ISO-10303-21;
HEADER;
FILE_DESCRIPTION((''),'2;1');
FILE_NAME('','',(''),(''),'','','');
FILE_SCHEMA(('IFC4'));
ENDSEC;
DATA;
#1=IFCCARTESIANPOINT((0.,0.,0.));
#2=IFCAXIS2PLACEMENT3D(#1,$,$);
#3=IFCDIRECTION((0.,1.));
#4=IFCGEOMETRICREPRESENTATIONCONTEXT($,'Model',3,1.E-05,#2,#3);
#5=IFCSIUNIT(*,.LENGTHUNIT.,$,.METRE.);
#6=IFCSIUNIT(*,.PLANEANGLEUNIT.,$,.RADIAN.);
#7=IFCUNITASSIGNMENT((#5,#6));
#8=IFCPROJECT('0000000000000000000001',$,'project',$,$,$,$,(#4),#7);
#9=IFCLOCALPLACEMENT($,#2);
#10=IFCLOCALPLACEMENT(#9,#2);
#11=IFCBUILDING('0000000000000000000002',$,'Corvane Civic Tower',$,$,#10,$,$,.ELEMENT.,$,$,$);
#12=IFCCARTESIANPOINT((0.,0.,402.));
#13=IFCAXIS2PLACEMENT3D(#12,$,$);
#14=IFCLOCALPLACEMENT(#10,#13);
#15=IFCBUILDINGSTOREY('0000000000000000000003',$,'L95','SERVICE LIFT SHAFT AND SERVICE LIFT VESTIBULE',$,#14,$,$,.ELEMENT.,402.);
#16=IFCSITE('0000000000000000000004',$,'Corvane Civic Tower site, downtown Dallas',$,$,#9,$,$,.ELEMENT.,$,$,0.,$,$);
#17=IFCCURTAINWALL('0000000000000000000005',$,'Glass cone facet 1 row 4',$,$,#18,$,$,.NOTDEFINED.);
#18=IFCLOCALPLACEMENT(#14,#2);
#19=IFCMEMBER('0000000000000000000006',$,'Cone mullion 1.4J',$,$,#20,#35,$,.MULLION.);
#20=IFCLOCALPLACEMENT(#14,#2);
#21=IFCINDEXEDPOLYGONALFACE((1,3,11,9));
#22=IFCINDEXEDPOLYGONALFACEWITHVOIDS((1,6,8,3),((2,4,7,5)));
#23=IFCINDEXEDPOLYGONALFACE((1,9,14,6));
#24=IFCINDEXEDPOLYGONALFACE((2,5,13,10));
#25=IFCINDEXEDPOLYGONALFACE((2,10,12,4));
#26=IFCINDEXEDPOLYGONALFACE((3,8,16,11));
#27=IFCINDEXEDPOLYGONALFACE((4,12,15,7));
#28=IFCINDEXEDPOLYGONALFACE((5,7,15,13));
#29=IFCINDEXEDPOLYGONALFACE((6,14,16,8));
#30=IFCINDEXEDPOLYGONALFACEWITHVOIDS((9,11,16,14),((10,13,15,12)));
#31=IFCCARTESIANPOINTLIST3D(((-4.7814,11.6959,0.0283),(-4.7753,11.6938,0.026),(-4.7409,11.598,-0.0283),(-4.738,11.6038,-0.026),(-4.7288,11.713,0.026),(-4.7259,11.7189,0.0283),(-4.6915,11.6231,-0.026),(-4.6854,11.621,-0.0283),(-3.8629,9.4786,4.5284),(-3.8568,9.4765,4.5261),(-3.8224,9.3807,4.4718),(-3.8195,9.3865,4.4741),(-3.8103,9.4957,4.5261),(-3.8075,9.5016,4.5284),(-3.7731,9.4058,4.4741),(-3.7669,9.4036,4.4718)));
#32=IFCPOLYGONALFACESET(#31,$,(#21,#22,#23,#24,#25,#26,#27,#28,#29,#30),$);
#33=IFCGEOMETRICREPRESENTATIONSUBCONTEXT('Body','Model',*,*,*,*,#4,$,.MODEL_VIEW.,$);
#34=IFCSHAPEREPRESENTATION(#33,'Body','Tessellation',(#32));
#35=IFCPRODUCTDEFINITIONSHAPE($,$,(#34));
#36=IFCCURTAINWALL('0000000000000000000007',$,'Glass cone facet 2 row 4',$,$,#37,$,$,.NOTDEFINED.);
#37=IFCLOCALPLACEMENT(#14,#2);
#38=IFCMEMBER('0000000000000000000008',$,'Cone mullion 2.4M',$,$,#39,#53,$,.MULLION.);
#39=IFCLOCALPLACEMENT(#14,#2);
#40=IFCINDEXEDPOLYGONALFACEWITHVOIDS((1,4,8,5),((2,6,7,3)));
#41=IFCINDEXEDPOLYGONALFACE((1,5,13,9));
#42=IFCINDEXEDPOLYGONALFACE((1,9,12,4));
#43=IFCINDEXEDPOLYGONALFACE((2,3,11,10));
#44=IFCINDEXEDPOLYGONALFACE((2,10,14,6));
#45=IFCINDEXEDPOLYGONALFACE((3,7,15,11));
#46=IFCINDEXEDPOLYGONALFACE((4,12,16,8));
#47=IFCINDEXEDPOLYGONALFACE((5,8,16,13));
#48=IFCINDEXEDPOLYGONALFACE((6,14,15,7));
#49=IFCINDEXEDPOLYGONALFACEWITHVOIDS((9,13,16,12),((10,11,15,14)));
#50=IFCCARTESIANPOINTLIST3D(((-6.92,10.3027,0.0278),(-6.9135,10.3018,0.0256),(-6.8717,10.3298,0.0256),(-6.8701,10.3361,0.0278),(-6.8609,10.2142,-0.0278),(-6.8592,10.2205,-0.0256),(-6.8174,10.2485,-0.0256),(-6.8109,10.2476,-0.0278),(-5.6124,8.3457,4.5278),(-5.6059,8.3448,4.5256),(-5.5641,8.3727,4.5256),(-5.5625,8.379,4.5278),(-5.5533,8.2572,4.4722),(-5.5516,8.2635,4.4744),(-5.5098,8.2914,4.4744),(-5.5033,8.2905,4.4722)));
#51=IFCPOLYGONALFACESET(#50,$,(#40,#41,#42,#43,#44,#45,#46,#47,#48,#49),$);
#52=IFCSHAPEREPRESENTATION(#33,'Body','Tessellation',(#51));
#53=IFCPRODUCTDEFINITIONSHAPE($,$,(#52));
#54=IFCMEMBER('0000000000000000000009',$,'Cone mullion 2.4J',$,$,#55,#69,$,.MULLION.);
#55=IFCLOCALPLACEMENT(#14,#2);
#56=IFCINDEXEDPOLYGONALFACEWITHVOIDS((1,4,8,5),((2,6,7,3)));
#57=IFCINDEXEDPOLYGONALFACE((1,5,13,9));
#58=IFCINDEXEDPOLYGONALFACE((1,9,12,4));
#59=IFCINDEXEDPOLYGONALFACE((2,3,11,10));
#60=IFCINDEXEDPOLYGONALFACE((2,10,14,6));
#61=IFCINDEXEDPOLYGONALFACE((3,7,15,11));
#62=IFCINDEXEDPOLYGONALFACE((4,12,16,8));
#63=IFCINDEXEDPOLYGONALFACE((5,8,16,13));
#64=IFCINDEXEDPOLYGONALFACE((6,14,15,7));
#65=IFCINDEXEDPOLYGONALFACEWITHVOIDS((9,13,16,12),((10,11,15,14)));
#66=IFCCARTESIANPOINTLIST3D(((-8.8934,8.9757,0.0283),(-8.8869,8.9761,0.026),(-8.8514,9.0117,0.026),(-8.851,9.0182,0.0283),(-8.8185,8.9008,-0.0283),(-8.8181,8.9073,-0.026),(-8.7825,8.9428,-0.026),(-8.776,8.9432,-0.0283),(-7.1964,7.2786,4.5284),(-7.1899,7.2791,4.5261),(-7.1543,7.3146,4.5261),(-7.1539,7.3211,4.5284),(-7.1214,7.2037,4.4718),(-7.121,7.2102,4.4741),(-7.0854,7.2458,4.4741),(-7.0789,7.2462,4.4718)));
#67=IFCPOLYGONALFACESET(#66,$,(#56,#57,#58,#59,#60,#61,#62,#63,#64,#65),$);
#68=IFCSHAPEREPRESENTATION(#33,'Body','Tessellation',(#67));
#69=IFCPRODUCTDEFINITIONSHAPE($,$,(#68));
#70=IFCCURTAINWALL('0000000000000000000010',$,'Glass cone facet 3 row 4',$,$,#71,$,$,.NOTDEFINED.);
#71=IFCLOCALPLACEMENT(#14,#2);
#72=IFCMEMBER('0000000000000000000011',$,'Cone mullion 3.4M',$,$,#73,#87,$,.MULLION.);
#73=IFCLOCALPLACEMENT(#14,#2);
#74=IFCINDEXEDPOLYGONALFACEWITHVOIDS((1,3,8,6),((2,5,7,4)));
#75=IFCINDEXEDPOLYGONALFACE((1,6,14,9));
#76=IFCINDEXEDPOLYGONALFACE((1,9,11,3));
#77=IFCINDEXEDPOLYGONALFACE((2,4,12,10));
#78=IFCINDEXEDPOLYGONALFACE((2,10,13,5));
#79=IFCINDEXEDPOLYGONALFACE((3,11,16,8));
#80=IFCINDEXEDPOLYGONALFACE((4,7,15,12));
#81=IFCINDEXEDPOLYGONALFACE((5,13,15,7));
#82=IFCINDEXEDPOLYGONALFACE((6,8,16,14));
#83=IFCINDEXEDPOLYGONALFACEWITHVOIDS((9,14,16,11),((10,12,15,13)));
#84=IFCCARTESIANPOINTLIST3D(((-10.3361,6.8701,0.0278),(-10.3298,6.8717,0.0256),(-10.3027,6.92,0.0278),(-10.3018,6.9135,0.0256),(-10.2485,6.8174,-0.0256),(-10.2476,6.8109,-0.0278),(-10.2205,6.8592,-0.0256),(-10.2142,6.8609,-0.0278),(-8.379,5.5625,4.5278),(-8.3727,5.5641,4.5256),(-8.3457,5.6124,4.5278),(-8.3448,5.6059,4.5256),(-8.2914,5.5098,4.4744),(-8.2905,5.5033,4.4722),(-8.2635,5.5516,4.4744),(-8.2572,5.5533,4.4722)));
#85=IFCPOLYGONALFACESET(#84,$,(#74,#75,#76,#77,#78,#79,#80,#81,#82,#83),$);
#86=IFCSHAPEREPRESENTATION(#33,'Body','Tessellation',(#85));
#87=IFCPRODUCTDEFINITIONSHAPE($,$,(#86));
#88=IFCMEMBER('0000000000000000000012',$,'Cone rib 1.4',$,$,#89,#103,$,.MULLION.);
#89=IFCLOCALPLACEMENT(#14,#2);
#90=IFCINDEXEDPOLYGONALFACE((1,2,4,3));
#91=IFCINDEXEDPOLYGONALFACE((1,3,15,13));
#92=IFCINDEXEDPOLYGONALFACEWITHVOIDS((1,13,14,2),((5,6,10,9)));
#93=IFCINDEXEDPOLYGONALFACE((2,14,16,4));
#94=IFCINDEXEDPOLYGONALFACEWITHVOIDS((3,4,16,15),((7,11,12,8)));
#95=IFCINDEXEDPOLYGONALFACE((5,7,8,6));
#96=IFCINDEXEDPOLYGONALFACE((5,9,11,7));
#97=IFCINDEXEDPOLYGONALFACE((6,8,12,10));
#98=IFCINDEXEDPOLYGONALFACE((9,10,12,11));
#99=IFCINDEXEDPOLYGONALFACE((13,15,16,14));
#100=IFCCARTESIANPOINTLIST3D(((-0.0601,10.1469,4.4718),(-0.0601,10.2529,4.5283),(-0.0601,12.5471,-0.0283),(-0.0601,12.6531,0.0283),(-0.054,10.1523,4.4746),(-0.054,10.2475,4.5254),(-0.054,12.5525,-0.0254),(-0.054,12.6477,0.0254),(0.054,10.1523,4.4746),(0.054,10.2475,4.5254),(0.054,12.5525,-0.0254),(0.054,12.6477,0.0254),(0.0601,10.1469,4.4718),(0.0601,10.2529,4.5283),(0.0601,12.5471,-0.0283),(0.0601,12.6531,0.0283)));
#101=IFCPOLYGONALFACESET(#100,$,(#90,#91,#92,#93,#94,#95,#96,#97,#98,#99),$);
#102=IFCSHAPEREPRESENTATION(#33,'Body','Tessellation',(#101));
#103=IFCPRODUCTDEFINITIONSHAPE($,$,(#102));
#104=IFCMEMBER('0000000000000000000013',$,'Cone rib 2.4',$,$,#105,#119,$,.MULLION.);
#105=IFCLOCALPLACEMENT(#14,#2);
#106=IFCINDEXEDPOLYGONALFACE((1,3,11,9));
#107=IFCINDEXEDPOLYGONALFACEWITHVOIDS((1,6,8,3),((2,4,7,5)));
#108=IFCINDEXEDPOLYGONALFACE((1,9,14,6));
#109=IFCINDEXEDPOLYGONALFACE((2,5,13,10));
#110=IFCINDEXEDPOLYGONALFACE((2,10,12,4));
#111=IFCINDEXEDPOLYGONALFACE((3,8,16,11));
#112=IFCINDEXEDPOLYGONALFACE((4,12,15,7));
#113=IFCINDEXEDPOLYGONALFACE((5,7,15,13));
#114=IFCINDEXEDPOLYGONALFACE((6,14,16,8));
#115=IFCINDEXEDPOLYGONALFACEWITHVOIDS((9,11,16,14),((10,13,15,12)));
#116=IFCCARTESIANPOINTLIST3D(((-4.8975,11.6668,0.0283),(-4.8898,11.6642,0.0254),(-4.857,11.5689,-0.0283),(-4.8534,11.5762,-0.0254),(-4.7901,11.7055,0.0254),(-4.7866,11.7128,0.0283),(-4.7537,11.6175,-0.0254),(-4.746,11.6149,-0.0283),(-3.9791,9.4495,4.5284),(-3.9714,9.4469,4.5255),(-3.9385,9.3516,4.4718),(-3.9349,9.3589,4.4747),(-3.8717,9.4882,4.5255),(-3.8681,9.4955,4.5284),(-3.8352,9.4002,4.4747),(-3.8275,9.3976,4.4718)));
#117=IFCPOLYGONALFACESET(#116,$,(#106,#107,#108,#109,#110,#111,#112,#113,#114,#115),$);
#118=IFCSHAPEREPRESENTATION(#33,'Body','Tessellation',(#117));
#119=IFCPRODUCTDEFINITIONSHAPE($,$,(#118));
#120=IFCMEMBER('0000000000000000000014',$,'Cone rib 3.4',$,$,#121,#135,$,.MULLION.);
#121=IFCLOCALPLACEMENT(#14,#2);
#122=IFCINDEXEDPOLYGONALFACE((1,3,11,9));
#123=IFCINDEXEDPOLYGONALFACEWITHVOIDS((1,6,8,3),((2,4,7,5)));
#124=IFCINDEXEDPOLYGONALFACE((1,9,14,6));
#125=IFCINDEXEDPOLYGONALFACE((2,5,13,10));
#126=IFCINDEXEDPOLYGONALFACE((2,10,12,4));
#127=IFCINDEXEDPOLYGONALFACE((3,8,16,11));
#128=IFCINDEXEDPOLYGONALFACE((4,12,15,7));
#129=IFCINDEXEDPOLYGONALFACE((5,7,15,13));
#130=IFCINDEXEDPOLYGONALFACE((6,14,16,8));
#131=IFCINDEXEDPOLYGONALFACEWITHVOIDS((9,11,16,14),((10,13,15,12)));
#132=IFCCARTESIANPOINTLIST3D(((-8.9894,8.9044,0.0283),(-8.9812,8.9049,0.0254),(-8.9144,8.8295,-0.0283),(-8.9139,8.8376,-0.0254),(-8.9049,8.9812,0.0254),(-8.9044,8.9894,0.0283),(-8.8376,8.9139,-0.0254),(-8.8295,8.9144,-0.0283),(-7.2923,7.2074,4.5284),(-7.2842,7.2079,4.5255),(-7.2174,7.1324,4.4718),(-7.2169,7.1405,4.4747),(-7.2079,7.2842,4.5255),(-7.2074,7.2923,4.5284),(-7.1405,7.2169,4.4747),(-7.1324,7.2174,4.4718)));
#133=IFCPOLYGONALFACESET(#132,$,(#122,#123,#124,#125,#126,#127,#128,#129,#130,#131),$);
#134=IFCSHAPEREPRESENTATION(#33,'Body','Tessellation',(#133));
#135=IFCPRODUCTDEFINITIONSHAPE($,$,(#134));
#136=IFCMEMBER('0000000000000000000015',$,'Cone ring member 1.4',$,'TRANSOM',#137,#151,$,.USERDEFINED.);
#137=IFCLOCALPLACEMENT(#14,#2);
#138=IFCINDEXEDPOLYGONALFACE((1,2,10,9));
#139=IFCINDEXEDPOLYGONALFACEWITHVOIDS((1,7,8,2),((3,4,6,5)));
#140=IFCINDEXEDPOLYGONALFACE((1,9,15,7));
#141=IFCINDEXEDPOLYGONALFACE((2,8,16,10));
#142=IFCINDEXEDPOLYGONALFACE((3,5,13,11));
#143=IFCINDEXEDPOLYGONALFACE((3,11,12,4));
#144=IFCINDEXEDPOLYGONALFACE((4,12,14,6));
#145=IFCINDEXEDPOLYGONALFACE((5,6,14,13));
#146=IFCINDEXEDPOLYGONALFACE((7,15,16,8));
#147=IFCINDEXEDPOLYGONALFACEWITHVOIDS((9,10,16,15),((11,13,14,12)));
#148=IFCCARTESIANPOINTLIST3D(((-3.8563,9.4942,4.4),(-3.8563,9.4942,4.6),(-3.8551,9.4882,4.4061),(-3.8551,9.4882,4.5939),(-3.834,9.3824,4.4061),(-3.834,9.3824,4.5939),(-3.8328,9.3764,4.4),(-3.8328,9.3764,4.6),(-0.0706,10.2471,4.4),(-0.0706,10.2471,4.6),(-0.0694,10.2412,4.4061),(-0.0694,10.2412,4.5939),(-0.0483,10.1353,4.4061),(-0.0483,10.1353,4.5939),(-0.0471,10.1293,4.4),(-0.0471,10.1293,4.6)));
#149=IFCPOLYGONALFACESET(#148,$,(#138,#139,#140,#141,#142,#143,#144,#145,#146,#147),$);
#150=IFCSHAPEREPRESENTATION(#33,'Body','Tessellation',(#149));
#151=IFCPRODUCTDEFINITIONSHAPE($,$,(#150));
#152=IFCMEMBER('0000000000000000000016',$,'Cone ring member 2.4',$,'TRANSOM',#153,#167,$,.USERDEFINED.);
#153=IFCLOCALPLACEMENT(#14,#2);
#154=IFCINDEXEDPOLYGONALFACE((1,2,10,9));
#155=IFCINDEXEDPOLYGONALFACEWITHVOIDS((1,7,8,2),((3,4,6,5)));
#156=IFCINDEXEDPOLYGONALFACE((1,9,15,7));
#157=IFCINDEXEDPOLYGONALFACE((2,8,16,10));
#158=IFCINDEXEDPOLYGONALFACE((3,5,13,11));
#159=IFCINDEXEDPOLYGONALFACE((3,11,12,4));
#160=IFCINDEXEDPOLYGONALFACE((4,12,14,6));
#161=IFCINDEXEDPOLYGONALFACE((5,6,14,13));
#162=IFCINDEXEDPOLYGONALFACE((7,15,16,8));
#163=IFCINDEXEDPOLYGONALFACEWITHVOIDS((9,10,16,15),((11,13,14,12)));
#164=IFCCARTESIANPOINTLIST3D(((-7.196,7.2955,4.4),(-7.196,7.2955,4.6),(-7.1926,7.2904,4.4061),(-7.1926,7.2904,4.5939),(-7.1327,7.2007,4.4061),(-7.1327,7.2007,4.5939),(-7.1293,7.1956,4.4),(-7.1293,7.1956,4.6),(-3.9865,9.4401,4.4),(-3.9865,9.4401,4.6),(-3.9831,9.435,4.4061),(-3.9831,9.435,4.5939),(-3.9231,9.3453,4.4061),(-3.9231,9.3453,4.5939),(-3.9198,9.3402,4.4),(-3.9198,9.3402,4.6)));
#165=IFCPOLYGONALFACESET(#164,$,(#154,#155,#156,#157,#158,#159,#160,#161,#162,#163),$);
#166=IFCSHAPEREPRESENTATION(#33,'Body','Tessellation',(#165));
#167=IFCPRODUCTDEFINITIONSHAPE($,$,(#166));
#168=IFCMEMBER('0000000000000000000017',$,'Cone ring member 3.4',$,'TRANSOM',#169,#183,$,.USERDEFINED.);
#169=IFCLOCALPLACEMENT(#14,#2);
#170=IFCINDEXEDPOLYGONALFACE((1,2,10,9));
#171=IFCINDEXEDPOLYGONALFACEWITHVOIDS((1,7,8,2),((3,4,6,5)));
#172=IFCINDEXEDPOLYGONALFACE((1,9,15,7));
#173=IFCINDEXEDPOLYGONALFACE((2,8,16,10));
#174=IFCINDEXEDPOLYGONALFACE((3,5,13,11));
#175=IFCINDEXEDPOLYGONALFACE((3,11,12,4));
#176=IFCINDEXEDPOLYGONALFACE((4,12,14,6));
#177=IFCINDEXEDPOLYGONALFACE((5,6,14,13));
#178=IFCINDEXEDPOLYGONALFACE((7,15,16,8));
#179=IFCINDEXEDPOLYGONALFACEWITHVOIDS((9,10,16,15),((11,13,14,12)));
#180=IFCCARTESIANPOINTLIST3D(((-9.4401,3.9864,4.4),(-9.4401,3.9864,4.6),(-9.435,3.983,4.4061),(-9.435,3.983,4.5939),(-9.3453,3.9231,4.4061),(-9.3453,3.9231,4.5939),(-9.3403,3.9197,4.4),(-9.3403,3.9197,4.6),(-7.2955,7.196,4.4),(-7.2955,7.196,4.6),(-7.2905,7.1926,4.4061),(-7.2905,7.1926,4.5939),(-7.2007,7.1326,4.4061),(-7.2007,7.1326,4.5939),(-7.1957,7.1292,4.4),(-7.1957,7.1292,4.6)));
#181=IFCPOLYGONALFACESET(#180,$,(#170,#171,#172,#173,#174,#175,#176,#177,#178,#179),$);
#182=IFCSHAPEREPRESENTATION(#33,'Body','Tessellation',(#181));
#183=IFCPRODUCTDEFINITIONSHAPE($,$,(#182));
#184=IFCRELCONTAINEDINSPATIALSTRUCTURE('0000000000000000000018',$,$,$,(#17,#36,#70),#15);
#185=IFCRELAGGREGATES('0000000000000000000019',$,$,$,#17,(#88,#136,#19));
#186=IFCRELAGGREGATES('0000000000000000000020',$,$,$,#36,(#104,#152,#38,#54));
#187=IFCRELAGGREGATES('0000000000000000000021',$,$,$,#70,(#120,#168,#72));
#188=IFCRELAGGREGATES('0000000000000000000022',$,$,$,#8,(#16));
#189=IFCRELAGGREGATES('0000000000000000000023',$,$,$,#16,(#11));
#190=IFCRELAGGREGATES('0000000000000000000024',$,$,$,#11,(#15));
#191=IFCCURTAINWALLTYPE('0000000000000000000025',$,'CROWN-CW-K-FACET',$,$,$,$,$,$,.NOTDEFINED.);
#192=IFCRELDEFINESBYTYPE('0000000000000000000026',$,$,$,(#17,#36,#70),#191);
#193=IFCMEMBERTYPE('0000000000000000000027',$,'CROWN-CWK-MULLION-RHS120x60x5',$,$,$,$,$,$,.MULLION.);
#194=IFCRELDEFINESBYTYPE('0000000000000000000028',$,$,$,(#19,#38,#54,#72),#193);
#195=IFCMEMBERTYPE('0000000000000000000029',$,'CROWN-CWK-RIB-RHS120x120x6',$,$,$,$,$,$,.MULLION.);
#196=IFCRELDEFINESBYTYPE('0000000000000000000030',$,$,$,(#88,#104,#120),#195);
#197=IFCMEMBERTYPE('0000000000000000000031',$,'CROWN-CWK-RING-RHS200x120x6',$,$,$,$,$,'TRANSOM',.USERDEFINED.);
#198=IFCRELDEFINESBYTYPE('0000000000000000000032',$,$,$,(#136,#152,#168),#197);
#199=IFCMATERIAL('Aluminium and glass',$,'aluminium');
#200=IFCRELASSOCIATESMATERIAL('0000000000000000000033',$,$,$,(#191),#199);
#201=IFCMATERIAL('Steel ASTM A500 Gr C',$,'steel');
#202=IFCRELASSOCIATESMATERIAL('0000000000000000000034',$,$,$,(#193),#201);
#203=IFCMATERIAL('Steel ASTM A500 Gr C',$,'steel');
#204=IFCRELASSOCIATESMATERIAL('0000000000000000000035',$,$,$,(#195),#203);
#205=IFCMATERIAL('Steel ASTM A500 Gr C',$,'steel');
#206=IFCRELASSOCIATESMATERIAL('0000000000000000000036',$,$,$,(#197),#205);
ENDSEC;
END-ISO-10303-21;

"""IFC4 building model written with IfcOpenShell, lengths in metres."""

from ifc_helpers import new_model, si_unit, direction, frame, origin, origin_2d, place, context, subcontext, project, spatial, hollow_rectangle, extrude, material, material_profile, profile_set, type_object, element, aggregate, save


model = new_model("IFC4")

# Units and contexts
model_context = context("Model", 3, precision=1e-05, world=origin(), true_north=direction((0.0, 1.0)))
body_context = subcontext(model_context, "Body", "Model", "MODEL_VIEW")
ifc_project = project(units=[si_unit("LENGTHUNIT", "METRE"), si_unit("PLANEANGLEUNIT", "RADIAN")], contexts=[model_context])

# Site, building, storey
site_placement = place(None, origin())
site = spatial("IfcSite", under=ifc_project, at=site_placement, Name="Corvane Civic Tower site, downtown Dallas", CompositionType="ELEMENT", RefElevation=0.0)
building_placement = place(site_placement, origin())
building = spatial("IfcBuilding", under=site, at=building_placement, Name="Corvane Civic Tower", CompositionType="ELEMENT")
storey_placement = place(building_placement, frame((0.0, 0.0, 402.0)))
storey = spatial("IfcBuildingStorey", under=building, at=storey_placement, Name="L95", Description="SERVICE LIFT SHAFT AND SERVICE LIFT VESTIBULE", CompositionType="ELEMENT", Elevation=402.0)

# Curtain walls, members
ifc_material_1 = material(Name="Aluminium and glass", Category="aluminium")
curtain_wall_type = type_object("IfcCurtainWallType", Name="CROWN-CW-K-FACET", PredefinedType="NOTDEFINED", material=ifc_material_1)
curtain_wall_1_placement = place(storey_placement, origin())
curtain_wall_1 = element("IfcCurtainWall", 1, at=curtain_wall_1_placement, inside=storey, type_object=curtain_wall_type, Name="Glass cone facet 1 row 4", PredefinedType="NOTDEFINED")
ifc_material_2 = material(Name="Steel ASTM A500 Gr C", Category="steel")
ifc_material_profile_1 = material_profile(ifc_material_2, hollow_rectangle(XDim=0.0601, YDim=0.1201, WallThickness=0.0049, at=origin_2d()), Name="RHS 120x60x5")
ifc_profile_set_1 = profile_set([ifc_material_profile_1], Name="Steel ASTM A500 Gr C")
member_type_1 = type_object("IfcMemberType", Name="CROWN-CWK-MULLION-RHS120x60x5", PredefinedType="MULLION", material=ifc_profile_set_1)
member_1_placement = place(storey_placement, frame((-4.7334, 11.6584, 0.0), z_axis=(0.18009, -0.434762, 0.882354), x_axis=(0.923875, 0.382693, 0.0)))
member_1 = element("IfcMember", 2, at=member_1_placement, type_object=member_type_1, Name="Cone mullion 1.4J", PredefinedType="MULLION", context=body_context, shape_type="SweptSolid", body=[
    extrude(hollow_rectangle(XDim=0.0601, YDim=0.1201, WallThickness=0.0049, at=origin_2d()), origin(), (0.0, 0.0, 1.0), 5.1001),
])
curtain_wall_2_placement = place(storey_placement, origin())
curtain_wall_2 = element("IfcCurtainWall", 3, at=curtain_wall_2_placement, inside=storey, type_object=curtain_wall_type, Name="Glass cone facet 2 row 4", PredefinedType="NOTDEFINED")
member_2_placement = place(storey_placement, frame((-6.8655, 10.2751, 0.0), z_axis=(0.257488, -0.385366, 0.886111), x_axis=(0.831475, 0.555562, 0.0)))
member_2 = element("IfcMember", 4, at=member_2_placement, type_object=member_type_1, Name="Cone mullion 2.4M", PredefinedType="MULLION", context=body_context, shape_type="SweptSolid", body=[
    extrude(hollow_rectangle(XDim=0.0601, YDim=0.1201, WallThickness=0.0049, at=origin_2d()), origin(), (0.0, 0.0, 1.0), 5.0784),
])
member_3_placement = place(storey_placement, frame((-8.8347, 8.9595, 0.0), z_axis=(0.332751, -0.332751, 0.882357), x_axis=(0.707107, 0.707107, 0.0)))
member_3 = element("IfcMember", 5, at=member_3_placement, type_object=member_type_1, Name="Cone mullion 2.4J", PredefinedType="MULLION", context=body_context, shape_type="SweptSolid", body=[
    extrude(hollow_rectangle(XDim=0.0601, YDim=0.1201, WallThickness=0.0049, at=origin_2d()), origin(), (0.0, 0.0, 1.0), 5.1001),
])

# Curtain wall, member
curtain_wall_3_placement = place(storey_placement, origin())
curtain_wall_3 = element("IfcCurtainWall", 6, at=curtain_wall_3_placement, inside=storey, type_object=curtain_wall_type, Name="Glass cone facet 3 row 4", PredefinedType="NOTDEFINED")
member_4_placement = place(storey_placement, frame((-10.2751, 6.8655, 0.0), z_axis=(0.385366, -0.257488, 0.886111), x_axis=(0.555562, 0.831475, 0.0)))
member_4 = element("IfcMember", 7, at=member_4_placement, type_object=member_type_1, Name="Cone mullion 3.4M", PredefinedType="MULLION", context=body_context, shape_type="SweptSolid", body=[
    extrude(hollow_rectangle(XDim=0.0601, YDim=0.1201, WallThickness=0.0049, at=origin_2d()), origin(), (0.0, 0.0, 1.0), 5.0784),
])

# Members
ifc_material_3 = material(Name="Steel ASTM A500 Gr C", Category="steel")
ifc_material_profile_2 = material_profile(ifc_material_3, hollow_rectangle(XDim=0.1201, YDim=0.1201, WallThickness=0.0061, at=origin_2d()), Name="RHS 120x120x6")
ifc_profile_set_2 = profile_set([ifc_material_profile_2], Name="Steel ASTM A500 Gr C")
member_type_2 = type_object("IfcMemberType", Name="CROWN-CWK-RIB-RHS120x120x6", PredefinedType="MULLION", material=ifc_profile_set_2)
member_5_placement = place(storey_placement, frame((0.0, 12.6001, 0.0), z_axis=(0.0, -0.470611, 0.882341), x_axis=(1.0, 0.0, 0.0)))
member_5 = element("IfcMember", 8, at=member_5_placement, type_object=member_type_2, Name="Cone rib 1.4", PredefinedType="MULLION", context=body_context, shape_type="SweptSolid", body=[
    extrude(hollow_rectangle(XDim=0.1201, YDim=0.1201, WallThickness=0.0061, at=origin_2d()), origin(), (0.0, 0.0, 1.0), 5.1001),
])
member_6_placement = place(storey_placement, frame((-4.8218, 11.6409, 0.0), z_axis=(0.18009, -0.434762, 0.882354), x_axis=(0.923875, 0.382693, 0.0)))
member_6 = element("IfcMember", 9, at=member_6_placement, type_object=member_type_2, Name="Cone rib 2.4", PredefinedType="MULLION", context=body_context, shape_type="SweptSolid", body=[
    extrude(hollow_rectangle(XDim=0.1201, YDim=0.1201, WallThickness=0.0061, at=origin_2d()), origin(), (0.0, 0.0, 1.0), 5.1001),
])
member_7_placement = place(storey_placement, frame((-8.9094, 8.9094, 0.0), z_axis=(0.332751, -0.332751, 0.882357), x_axis=(0.707107, 0.707107, 0.0)))
member_7 = element("IfcMember", 10, at=member_7_placement, type_object=member_type_2, Name="Cone rib 3.4", PredefinedType="MULLION", context=body_context, shape_type="SweptSolid", body=[
    extrude(hollow_rectangle(XDim=0.1201, YDim=0.1201, WallThickness=0.0061, at=origin_2d()), origin(), (0.0, 0.0, 1.0), 5.1001),
])
ifc_material_4 = material(Name="Steel ASTM A500 Gr C", Category="steel")
ifc_material_profile_3 = material_profile(ifc_material_4, hollow_rectangle(XDim=0.1201, YDim=0.2, WallThickness=0.0061, at=origin_2d()), Name="RHS 200x120x6")
ifc_profile_set_3 = profile_set([ifc_material_profile_3], Name="Steel ASTM A500 Gr C")
member_type_3 = type_object("IfcMemberType", Name="CROWN-CWK-RING-RHS200x120x6", ElementType="TRANSOM", PredefinedType="USERDEFINED", material=ifc_profile_set_3)
member_8_placement = place(storey_placement, frame((-0.0588, 10.1882, 4.5), z_axis=(-0.980789, -0.19507, 0.0), x_axis=(0.19507, -0.980789, 0.0)))
member_8 = element("IfcMember", 11, at=member_8_placement, type_object=member_type_3, Name="Cone ring member 1.4", ObjectType="TRANSOM", PredefinedType="USERDEFINED", context=body_context, shape_type="SweptSolid", body=[
    extrude(hollow_rectangle(XDim=0.1201, YDim=0.2, WallThickness=0.0061, at=origin_2d()), origin(), (0.0, 0.0, 1.0), 3.8599),
])
member_9_placement = place(storey_placement, frame((-3.9531, 9.3901, 4.5), z_axis=(-0.831466, -0.555576, 0.0), x_axis=(0.555576, -0.831466, 0.0)))
member_9 = element("IfcMember", 12, at=member_9_placement, type_object=member_type_3, Name="Cone ring member 2.4", ObjectType="TRANSOM", PredefinedType="USERDEFINED", context=body_context, shape_type="SweptSolid", body=[
    extrude(hollow_rectangle(XDim=0.1201, YDim=0.2, WallThickness=0.0061, at=origin_2d()), origin(), (0.0, 0.0, 1.0), 3.8601),
])
member_10_placement = place(storey_placement, frame((-7.2456, 7.1626, 4.5), z_axis=(-0.555576, -0.831466, 0.0), x_axis=(0.831466, -0.555576, 0.0)))
member_10 = element("IfcMember", 13, at=member_10_placement, type_object=member_type_3, Name="Cone ring member 3.4", ObjectType="TRANSOM", PredefinedType="USERDEFINED", context=body_context, shape_type="SweptSolid", body=[
    extrude(hollow_rectangle(XDim=0.1201, YDim=0.2, WallThickness=0.0061, at=origin_2d()), origin(), (0.0, 0.0, 1.0), 3.8601),
])

aggregate(curtain_wall_1, [member_5, member_8, member_1])
aggregate(curtain_wall_2, [member_6, member_9, member_2, member_3])
aggregate(curtain_wall_3, [member_7, member_10, member_4])

save(model, "model.ifc")
